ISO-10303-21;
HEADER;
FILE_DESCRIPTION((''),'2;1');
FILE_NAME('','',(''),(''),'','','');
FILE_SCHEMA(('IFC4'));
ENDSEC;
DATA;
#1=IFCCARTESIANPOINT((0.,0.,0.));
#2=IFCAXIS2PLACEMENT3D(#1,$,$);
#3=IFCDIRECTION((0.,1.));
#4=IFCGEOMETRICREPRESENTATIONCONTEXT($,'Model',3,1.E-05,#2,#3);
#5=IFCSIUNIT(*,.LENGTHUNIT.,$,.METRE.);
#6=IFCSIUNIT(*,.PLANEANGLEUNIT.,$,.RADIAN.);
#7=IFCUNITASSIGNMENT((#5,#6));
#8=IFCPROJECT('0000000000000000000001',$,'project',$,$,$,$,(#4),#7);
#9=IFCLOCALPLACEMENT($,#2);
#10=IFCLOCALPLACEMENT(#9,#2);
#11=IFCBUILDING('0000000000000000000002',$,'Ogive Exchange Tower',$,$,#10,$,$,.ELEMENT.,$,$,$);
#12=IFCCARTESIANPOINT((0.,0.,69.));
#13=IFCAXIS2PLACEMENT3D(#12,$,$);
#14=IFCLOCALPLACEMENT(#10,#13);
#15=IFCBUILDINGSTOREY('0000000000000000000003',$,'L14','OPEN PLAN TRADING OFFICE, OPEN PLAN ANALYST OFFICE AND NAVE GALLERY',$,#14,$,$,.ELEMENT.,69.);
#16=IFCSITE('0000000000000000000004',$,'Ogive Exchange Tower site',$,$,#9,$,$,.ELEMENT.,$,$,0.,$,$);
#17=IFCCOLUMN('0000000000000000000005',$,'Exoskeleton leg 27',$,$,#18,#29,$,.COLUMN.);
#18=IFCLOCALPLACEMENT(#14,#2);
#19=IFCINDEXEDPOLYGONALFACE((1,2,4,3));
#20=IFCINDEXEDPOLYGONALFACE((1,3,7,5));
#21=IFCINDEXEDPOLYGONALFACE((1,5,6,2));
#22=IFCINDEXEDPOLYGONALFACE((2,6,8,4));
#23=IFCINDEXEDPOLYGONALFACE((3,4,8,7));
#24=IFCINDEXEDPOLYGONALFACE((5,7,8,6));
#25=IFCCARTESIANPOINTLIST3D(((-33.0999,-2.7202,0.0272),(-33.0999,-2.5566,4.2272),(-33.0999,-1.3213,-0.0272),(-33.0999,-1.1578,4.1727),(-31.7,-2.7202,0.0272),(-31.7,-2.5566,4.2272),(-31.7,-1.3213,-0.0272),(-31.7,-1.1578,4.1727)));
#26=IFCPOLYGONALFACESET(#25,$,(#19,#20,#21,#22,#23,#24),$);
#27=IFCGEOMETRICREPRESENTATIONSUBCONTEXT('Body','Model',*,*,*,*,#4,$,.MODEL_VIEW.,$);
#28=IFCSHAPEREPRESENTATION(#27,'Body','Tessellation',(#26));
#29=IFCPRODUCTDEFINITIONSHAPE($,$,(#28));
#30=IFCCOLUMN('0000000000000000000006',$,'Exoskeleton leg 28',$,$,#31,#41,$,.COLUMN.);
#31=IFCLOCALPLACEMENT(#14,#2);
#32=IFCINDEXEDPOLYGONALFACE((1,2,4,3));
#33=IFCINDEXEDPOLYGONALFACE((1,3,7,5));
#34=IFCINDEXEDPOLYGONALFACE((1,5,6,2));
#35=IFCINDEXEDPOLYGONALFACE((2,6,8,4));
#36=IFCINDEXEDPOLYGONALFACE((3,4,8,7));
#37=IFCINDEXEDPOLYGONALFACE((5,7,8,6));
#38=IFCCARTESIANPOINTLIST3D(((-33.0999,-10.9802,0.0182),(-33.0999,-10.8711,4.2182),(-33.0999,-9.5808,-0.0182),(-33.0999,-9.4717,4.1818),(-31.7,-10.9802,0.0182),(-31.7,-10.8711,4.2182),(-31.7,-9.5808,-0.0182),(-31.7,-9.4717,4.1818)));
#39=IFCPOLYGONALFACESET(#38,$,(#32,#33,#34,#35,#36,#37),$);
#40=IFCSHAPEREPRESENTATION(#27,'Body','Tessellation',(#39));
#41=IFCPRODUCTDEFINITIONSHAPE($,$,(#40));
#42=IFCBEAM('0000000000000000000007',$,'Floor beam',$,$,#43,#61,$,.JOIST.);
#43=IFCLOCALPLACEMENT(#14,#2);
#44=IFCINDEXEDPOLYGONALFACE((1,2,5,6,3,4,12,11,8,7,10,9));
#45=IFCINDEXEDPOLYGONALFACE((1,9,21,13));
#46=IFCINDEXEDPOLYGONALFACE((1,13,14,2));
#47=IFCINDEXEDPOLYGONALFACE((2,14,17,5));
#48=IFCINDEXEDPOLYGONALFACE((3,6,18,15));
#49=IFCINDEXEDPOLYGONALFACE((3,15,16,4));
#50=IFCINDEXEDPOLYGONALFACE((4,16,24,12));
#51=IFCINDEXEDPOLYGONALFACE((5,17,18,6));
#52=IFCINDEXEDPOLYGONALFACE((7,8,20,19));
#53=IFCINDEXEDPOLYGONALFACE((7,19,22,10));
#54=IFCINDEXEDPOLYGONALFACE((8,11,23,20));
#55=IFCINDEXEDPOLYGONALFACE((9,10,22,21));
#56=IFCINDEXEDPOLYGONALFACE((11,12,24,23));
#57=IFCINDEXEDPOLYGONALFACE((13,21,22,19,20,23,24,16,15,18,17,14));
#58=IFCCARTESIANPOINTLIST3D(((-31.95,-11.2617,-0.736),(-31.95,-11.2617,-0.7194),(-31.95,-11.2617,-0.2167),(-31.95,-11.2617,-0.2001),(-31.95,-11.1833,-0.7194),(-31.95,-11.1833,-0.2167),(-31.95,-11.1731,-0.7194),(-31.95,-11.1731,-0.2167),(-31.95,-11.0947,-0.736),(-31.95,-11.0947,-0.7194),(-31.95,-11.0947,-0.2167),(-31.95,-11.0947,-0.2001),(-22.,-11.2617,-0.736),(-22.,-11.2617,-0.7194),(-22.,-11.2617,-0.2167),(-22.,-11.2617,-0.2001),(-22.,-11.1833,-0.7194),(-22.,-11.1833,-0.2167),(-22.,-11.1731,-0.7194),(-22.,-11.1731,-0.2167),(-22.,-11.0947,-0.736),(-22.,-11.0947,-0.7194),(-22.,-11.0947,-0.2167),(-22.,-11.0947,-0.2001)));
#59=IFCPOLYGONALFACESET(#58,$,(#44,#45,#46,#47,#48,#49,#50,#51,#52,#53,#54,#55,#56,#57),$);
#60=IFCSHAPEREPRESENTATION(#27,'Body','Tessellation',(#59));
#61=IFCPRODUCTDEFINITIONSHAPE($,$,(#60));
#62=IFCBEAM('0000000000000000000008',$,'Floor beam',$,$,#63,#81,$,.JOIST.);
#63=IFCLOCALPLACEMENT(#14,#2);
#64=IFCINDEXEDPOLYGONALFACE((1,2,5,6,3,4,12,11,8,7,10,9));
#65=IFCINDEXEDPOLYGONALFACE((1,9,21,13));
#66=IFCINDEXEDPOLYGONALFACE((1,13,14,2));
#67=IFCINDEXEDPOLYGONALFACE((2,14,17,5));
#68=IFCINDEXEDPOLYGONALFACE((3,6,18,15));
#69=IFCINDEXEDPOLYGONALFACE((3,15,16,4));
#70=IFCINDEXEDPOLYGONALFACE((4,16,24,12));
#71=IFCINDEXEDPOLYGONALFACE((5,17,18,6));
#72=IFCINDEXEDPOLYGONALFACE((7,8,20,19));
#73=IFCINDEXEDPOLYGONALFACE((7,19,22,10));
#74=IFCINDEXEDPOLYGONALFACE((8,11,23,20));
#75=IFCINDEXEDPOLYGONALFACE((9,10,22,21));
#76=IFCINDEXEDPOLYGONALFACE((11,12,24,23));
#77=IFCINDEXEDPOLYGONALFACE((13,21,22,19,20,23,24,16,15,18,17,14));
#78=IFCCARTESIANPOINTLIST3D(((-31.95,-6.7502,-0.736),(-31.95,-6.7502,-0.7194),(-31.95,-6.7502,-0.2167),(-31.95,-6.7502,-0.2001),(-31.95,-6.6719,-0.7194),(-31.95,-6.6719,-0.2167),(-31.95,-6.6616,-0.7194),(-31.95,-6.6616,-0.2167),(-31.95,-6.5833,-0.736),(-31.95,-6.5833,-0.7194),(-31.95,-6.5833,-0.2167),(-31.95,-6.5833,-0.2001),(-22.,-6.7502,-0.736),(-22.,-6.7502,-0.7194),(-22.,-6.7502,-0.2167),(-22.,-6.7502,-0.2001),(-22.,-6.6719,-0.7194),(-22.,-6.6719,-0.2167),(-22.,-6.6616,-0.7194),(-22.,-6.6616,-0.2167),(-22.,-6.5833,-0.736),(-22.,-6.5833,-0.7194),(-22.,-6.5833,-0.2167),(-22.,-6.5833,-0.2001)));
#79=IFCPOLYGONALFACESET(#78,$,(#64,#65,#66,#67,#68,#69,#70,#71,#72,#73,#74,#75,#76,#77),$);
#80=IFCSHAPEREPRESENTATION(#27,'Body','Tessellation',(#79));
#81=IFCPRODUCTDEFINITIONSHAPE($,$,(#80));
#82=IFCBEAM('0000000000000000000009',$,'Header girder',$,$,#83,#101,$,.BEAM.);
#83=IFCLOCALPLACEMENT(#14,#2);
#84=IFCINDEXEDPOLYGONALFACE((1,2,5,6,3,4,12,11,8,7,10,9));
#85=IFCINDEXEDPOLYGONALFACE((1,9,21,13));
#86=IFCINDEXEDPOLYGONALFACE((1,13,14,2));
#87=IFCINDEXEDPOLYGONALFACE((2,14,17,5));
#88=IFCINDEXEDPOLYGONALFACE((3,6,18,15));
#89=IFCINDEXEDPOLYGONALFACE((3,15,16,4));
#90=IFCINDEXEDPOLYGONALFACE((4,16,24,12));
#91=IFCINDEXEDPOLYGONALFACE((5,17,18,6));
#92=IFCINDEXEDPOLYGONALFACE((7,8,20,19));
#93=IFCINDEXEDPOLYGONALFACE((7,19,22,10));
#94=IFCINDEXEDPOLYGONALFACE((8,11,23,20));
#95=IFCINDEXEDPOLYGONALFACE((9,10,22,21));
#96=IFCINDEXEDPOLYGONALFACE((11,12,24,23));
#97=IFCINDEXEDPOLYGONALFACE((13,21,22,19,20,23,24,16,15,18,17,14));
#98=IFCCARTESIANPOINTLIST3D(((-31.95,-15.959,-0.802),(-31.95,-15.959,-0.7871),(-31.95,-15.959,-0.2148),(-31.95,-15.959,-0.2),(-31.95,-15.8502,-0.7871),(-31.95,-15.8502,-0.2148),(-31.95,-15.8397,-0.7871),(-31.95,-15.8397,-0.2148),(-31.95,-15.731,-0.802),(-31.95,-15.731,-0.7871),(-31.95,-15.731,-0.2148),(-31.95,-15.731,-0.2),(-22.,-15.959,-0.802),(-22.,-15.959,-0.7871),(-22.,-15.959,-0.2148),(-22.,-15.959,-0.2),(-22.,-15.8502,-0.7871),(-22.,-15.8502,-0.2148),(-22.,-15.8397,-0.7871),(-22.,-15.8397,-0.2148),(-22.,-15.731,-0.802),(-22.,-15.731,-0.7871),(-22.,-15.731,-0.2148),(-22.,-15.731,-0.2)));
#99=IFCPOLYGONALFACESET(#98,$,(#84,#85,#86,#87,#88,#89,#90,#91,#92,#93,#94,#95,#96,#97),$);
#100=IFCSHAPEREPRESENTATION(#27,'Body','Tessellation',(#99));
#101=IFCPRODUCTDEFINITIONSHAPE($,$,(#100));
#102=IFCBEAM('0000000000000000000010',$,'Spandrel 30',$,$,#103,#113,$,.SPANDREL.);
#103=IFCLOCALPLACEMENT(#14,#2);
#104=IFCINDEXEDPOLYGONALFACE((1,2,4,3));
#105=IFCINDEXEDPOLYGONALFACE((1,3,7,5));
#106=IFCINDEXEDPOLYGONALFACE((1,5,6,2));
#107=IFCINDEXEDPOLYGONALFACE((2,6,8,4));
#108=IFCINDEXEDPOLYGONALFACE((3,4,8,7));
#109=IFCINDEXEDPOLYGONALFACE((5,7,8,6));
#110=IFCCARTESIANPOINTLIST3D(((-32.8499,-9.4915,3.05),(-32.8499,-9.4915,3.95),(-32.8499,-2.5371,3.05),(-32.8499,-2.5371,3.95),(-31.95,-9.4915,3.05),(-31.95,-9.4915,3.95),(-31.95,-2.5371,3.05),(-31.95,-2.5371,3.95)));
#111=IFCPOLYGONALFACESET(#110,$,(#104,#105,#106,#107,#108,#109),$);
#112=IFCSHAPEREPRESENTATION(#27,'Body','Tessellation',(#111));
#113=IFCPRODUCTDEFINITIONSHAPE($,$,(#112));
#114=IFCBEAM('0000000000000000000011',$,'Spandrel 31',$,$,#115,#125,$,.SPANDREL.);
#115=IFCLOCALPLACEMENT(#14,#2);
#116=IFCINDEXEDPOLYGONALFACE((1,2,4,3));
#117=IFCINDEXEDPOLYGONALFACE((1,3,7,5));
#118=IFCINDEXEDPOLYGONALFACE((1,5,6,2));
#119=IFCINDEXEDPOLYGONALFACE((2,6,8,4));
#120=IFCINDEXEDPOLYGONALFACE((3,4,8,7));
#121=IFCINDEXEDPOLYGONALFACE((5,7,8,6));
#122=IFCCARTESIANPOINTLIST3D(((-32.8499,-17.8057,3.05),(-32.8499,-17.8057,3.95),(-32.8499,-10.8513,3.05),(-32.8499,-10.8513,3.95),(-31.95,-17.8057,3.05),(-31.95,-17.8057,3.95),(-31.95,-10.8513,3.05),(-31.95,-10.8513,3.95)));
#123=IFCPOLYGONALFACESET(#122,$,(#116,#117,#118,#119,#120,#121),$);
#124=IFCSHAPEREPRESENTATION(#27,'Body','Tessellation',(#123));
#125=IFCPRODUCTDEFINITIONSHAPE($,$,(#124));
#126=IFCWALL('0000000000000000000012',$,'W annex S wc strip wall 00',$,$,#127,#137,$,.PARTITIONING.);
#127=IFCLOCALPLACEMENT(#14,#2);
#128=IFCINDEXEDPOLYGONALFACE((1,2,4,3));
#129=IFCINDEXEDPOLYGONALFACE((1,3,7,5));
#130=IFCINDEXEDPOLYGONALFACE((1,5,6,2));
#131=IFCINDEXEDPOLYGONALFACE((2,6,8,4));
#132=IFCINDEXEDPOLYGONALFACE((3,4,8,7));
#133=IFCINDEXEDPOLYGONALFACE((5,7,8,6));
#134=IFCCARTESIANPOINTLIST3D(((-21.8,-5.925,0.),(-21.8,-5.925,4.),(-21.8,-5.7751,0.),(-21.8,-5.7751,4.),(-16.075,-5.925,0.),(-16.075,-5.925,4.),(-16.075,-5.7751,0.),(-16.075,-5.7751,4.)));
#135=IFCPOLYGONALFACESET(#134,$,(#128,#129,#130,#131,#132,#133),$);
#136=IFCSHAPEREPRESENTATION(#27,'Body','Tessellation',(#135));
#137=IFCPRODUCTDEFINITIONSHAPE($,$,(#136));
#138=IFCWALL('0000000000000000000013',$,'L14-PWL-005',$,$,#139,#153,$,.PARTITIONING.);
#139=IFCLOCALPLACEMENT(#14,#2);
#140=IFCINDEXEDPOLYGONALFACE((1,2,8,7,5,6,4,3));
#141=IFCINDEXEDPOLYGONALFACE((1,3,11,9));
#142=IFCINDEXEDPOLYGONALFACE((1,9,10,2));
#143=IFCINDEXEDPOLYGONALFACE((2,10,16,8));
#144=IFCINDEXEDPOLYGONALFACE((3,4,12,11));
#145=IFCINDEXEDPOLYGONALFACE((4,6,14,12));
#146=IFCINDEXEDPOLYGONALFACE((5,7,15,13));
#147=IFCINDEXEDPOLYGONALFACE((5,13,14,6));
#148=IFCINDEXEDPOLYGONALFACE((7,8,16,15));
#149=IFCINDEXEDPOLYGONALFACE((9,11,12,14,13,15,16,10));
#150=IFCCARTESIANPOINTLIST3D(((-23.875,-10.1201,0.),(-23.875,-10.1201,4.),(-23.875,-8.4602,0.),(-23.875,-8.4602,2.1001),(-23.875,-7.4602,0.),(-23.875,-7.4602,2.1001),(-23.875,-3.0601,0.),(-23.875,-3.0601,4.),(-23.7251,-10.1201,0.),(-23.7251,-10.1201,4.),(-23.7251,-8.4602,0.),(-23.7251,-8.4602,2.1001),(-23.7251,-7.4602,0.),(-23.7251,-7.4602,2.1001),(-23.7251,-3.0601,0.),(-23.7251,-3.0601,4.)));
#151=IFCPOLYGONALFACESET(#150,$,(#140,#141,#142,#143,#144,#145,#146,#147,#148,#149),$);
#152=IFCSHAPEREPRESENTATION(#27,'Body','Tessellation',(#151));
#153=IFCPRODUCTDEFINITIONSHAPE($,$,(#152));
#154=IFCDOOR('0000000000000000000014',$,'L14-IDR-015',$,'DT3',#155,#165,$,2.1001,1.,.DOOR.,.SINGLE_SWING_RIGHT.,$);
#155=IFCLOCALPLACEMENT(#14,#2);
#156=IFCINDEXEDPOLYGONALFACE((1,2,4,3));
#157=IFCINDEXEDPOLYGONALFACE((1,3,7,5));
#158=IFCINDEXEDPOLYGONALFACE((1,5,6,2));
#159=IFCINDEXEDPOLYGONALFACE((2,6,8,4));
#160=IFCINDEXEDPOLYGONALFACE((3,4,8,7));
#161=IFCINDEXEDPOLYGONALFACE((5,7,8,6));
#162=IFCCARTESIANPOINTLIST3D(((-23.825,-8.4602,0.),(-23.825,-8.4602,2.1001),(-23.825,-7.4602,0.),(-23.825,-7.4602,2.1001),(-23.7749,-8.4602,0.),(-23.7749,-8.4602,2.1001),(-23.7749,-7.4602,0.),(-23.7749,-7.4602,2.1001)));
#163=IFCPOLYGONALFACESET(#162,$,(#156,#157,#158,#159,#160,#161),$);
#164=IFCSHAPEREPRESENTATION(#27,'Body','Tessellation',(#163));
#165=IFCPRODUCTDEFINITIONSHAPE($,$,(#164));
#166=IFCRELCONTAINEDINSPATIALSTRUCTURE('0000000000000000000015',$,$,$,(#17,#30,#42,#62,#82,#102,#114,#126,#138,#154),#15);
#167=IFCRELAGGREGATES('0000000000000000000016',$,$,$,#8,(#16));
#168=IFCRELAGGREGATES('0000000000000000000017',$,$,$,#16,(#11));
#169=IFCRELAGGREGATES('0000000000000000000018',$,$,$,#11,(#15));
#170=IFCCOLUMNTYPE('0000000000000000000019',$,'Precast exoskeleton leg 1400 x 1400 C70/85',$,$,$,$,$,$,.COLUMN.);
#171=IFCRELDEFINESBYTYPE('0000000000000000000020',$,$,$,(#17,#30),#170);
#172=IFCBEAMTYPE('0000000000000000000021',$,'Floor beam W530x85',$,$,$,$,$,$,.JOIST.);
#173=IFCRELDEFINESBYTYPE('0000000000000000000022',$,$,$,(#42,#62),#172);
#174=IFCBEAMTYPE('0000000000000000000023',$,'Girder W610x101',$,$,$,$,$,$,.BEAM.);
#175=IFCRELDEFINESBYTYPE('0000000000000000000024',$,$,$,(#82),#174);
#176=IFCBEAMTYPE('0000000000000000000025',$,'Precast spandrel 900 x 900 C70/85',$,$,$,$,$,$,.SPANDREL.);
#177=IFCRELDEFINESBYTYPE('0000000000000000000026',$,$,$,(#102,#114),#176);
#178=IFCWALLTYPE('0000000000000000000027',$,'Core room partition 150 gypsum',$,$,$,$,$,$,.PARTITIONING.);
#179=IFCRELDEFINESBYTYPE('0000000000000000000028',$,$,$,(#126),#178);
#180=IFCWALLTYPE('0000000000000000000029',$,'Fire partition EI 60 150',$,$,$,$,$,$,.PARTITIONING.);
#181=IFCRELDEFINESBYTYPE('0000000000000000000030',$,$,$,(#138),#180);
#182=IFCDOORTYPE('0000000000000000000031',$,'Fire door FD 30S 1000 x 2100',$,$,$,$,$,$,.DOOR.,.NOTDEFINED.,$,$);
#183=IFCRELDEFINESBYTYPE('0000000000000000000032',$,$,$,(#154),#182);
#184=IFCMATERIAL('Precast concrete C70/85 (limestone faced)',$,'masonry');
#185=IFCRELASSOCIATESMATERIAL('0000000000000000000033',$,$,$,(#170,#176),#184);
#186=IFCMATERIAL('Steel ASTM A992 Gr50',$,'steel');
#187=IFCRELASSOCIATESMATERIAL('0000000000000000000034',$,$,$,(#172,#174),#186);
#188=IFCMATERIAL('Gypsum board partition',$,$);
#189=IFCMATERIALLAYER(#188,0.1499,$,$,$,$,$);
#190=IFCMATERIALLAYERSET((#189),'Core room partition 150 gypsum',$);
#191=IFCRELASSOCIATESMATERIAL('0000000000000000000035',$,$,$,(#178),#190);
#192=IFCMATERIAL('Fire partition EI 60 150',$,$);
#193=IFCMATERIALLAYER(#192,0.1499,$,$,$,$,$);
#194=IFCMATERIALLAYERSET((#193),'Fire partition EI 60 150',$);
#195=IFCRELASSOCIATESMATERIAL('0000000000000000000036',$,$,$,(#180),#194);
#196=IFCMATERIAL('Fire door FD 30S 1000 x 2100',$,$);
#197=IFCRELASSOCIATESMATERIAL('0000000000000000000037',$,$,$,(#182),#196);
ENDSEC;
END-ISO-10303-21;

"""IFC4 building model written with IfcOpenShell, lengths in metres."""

from ifc_helpers import new_model, si_unit, direction, frame, frame_2d, origin, origin_2d, place, context, subcontext, project, spatial, rectangle, i_section, extrude, material, layer, layer_set, material_profile, profile_set, type_object, element, fill, save


model = new_model("IFC4")

# Units and contexts
model_context = context("Model", 3, precision=1e-05, world=origin(), true_north=direction((0.0, 1.0)))
body_context = subcontext(model_context, "Body", "Model", "MODEL_VIEW")
ifc_project = project(units=[si_unit("LENGTHUNIT", "METRE"), si_unit("PLANEANGLEUNIT", "RADIAN")], contexts=[model_context])

# Site, building, storey
site_placement = place(None, origin())
site = spatial("IfcSite", under=ifc_project, at=site_placement, Name="Ogive Exchange Tower site", CompositionType="ELEMENT", RefElevation=0.0)
building_placement = place(site_placement, origin())
building = spatial("IfcBuilding", under=site, at=building_placement, Name="Ogive Exchange Tower", CompositionType="ELEMENT")
storey_placement = place(building_placement, frame((0.0, 0.0, 69.0)))
storey = spatial("IfcBuildingStorey", under=building, at=storey_placement, Name="L14", Description="OPEN PLAN TRADING OFFICE, OPEN PLAN ANALYST OFFICE AND NAVE GALLERY", CompositionType="ELEMENT", Elevation=69.0)

# Columns
ifc_material_1 = material(Name="Precast concrete C70/85 (limestone faced)", Category="masonry")
ifc_material_profile_1 = material_profile(ifc_material_1, rectangle(XDim=1.3999, YDim=1.3999, at=origin_2d()), Name="1400 x 1400")
ifc_profile_set_1 = profile_set([ifc_material_profile_1], Name="Precast concrete C70/85 (limestone faced)")
column_type = type_object("IfcColumnType", Name="Precast exoskeleton leg 1400 x 1400 C70/85", PredefinedType="COLUMN", material=ifc_profile_set_1)
column_1_placement = place(storey_placement, frame((-32.3999, -2.0208, 0.0), z_axis=(0.0, 0.038917, 0.999242), x_axis=(-1.0, 0.0, 0.0)))
element("IfcColumn", 1, at=column_1_placement, inside=storey, type_object=column_type, Name="Exoskeleton leg 27", PredefinedType="COLUMN", context=body_context, shape_type="SweptSolid", body=[
    extrude(rectangle(XDim=1.3999, YDim=1.3999, at=origin_2d()), origin(), (0.0, 0.0, 1.0), 4.2031),
])
column_2_placement = place(storey_placement, frame((-32.3999, -10.2805, 0.0), z_axis=(0.0, 0.025975, 0.999663), x_axis=(-1.0, 0.0, 0.0)))
element("IfcColumn", 2, at=column_2_placement, inside=storey, type_object=column_type, Name="Exoskeleton leg 28", PredefinedType="COLUMN", context=body_context, shape_type="SweptSolid", body=[
    extrude(rectangle(XDim=1.3999, YDim=1.3999, at=origin_2d()), origin(), (0.0, 0.0, 1.0), 4.2014),
])

# Beams
ifc_material_2 = material(Name="Steel ASTM A992 Gr50", Category="steel")
ifc_material_profile_2 = material_profile(ifc_material_2, i_section(OverallWidth=0.167, OverallDepth=0.5359, WebThickness=0.0103, FlangeThickness=0.0166, at=origin_2d()), Name="W530x85")
ifc_profile_set_2 = profile_set([ifc_material_profile_2], Name="Steel ASTM A992 Gr50")
beam_type_1 = type_object("IfcBeamType", Name="Floor beam W530x85", PredefinedType="JOIST", material=ifc_profile_set_2)
for number, where, z_axis, x_axis, name in (
    (3, (-31.95, -11.1782, -0.468), (1.0, 0.0, 0.0), (0.0, 1.0, 0.0), "Floor beam"),
    (4, (-31.95, -6.6667, -0.468), (1.0, 0.0, 0.0), (0.0, 1.0, 0.0), "Floor beam"),
):
    element("IfcBeam", number, at=place(storey_placement, frame(where, z_axis=z_axis, x_axis=x_axis)), inside=storey, type_object=beam_type_1, Name=name, PredefinedType="JOIST", context=body_context, shape_type="SweptSolid", body=[
        extrude(i_section(OverallWidth=0.167, OverallDepth=0.5359, WebThickness=0.0103, FlangeThickness=0.0166, at=origin_2d()), origin(), (0.0, 0.0, 1.0), 9.95),
    ])
ifc_material_profile_3 = material_profile(ifc_material_2, i_section(OverallWidth=0.228, OverallDepth=0.6021, WebThickness=0.0105, FlangeThickness=0.0149, at=origin_2d()), Name="W610x101")
ifc_profile_set_3 = profile_set([ifc_material_profile_3], Name="Steel ASTM A992 Gr50")
beam_type_2 = type_object("IfcBeamType", Name="Girder W610x101", PredefinedType="BEAM", material=ifc_profile_set_3)
beam_placement = place(storey_placement, frame((-31.95, -15.845, -0.501), z_axis=(1.0, 0.0, 0.0), x_axis=(0.0, 1.0, 0.0)))
element("IfcBeam", 5, at=beam_placement, inside=storey, type_object=beam_type_2, Name="Header girder", PredefinedType="BEAM", context=body_context, shape_type="SweptSolid", body=[
    extrude(i_section(OverallWidth=0.228, OverallDepth=0.6021, WebThickness=0.0105, FlangeThickness=0.0149, at=origin_2d()), origin(), (0.0, 0.0, 1.0), 9.95),
])
ifc_material_profile_4 = material_profile(ifc_material_1, rectangle(XDim=0.8999, YDim=0.8999, at=origin_2d()), Name="900 x 900")
ifc_profile_set_4 = profile_set([ifc_material_profile_4], Name="Precast concrete C70/85 (limestone faced)")
beam_type_3 = type_object("IfcBeamType", Name="Precast spandrel 900 x 900 C70/85", PredefinedType="SPANDREL", material=ifc_profile_set_4)
for number, where, z_axis, x_axis, name in (
    (6, (-32.3999, -2.5371, 3.5), (0.0, -1.0, 0.0), (1.0, 0.0, 0.0), "Spandrel 30"),
    (7, (-32.3999, -10.8513, 3.5), (0.0, -1.0, 0.0), (1.0, 0.0, 0.0), "Spandrel 31"),
):
    element("IfcBeam", number, at=place(storey_placement, frame(where, z_axis=z_axis, x_axis=x_axis)), inside=storey, type_object=beam_type_3, Name=name, PredefinedType="SPANDREL", context=body_context, shape_type="SweptSolid", body=[
        extrude(rectangle(XDim=0.8999, YDim=0.8999, at=origin_2d()), origin(), (0.0, 0.0, 1.0), 6.9543),
    ])

# Wall
ifc_material_3 = material(Name="Gypsum board partition")
ifc_layer_1 = layer(ifc_material_3, 0.1499)
ifc_layer_set_1 = layer_set([ifc_layer_1], Name="Core room partition 150 gypsum")
wall_type_1 = type_object("IfcWallType", Name="Core room partition 150 gypsum", PredefinedType="PARTITIONING", material=ifc_layer_set_1)
wall_1_placement = place(storey_placement, frame((-21.8, -5.8501, 0.0), z_axis=(0.0, 0.0, 1.0), x_axis=(1.0, 0.0, 0.0)))
element("IfcWall", 8, at=wall_1_placement, inside=storey, type_object=wall_type_1, Name="W annex S wc strip wall 00", PredefinedType="PARTITIONING", context=body_context, shape_type="SweptSolid", body=[
    extrude(rectangle(XDim=5.7251, YDim=0.1499, at=frame_2d((2.8625, 0.0))), origin(), (0.0, 0.0, 1.0), 4.0),
])

# Wall, opening, door
ifc_material_4 = material(Name="Fire partition EI 60 150")
ifc_layer_2 = layer(ifc_material_4, 0.1499)
ifc_layer_set_2 = layer_set([ifc_layer_2], Name="Fire partition EI 60 150")
wall_type_2 = type_object("IfcWallType", Name="Fire partition EI 60 150", PredefinedType="PARTITIONING", material=ifc_layer_set_2)
wall_2_placement = place(storey_placement, frame((-23.8, -10.1201, 0.0), z_axis=(0.0, 0.0, 1.0), x_axis=(0.0, 1.0, 0.0)))
wall_2 = element("IfcWall", 9, at=wall_2_placement, inside=storey, type_object=wall_type_2, Name="L14-PWL-005", PredefinedType="PARTITIONING", context=body_context, shape_type="SweptSolid", body=[
    extrude(rectangle(XDim=7.0601, YDim=0.1499, at=frame_2d((3.53, 0.0))), origin(), (0.0, 0.0, 1.0), 4.0),
])
opening_1_placement = place(wall_2_placement, frame((1.6599, 0.0, 0.0)))
opening_1 = element("IfcOpeningElement", 10, at=opening_1_placement, cuts=wall_2, PredefinedType="OPENING", context=body_context, shape_type="SweptSolid", body=[
    extrude(rectangle(XDim=1.0, YDim=2.1001, at=frame_2d((0.5, 1.05))), frame((0.0, 0.085, 0.0), z_axis=(0.0, -1.0, 0.0), x_axis=(1.0, 0.0, 0.0)), (0.0, 0.0, 1.0), 0.1699),
])
ifc_material_5 = material(Name="Fire door FD 30S 1000 x 2100")
door_type_1 = type_object("IfcDoorType", Name="Fire door FD 30S 1000 x 2100", OperationType="NOTDEFINED", PredefinedType="DOOR", material=ifc_material_5)
door_1_placement = place(opening_1_placement, origin())
door_1 = element("IfcDoor", 11, at=door_1_placement, inside=storey, type_object=door_type_1, Name="L14-IDR-015", ObjectType="DT3", OperationType="SINGLE_SWING_RIGHT", OverallHeight=2.1001, OverallWidth=1.0, PredefinedType="DOOR", context=body_context, shape_type="SweptSolid", body=[
    extrude(rectangle(XDim=1.0, YDim=2.1001, at=frame_2d((0.5, 1.05))), frame((0.0, 0.0249, 0.0), z_axis=(0.0, -1.0, 0.0), x_axis=(1.0, 0.0, 0.0)), (0.0, 0.0, 1.0), 0.05),
])
fill(opening_1, door_1)

save(model, "model.ifc")
